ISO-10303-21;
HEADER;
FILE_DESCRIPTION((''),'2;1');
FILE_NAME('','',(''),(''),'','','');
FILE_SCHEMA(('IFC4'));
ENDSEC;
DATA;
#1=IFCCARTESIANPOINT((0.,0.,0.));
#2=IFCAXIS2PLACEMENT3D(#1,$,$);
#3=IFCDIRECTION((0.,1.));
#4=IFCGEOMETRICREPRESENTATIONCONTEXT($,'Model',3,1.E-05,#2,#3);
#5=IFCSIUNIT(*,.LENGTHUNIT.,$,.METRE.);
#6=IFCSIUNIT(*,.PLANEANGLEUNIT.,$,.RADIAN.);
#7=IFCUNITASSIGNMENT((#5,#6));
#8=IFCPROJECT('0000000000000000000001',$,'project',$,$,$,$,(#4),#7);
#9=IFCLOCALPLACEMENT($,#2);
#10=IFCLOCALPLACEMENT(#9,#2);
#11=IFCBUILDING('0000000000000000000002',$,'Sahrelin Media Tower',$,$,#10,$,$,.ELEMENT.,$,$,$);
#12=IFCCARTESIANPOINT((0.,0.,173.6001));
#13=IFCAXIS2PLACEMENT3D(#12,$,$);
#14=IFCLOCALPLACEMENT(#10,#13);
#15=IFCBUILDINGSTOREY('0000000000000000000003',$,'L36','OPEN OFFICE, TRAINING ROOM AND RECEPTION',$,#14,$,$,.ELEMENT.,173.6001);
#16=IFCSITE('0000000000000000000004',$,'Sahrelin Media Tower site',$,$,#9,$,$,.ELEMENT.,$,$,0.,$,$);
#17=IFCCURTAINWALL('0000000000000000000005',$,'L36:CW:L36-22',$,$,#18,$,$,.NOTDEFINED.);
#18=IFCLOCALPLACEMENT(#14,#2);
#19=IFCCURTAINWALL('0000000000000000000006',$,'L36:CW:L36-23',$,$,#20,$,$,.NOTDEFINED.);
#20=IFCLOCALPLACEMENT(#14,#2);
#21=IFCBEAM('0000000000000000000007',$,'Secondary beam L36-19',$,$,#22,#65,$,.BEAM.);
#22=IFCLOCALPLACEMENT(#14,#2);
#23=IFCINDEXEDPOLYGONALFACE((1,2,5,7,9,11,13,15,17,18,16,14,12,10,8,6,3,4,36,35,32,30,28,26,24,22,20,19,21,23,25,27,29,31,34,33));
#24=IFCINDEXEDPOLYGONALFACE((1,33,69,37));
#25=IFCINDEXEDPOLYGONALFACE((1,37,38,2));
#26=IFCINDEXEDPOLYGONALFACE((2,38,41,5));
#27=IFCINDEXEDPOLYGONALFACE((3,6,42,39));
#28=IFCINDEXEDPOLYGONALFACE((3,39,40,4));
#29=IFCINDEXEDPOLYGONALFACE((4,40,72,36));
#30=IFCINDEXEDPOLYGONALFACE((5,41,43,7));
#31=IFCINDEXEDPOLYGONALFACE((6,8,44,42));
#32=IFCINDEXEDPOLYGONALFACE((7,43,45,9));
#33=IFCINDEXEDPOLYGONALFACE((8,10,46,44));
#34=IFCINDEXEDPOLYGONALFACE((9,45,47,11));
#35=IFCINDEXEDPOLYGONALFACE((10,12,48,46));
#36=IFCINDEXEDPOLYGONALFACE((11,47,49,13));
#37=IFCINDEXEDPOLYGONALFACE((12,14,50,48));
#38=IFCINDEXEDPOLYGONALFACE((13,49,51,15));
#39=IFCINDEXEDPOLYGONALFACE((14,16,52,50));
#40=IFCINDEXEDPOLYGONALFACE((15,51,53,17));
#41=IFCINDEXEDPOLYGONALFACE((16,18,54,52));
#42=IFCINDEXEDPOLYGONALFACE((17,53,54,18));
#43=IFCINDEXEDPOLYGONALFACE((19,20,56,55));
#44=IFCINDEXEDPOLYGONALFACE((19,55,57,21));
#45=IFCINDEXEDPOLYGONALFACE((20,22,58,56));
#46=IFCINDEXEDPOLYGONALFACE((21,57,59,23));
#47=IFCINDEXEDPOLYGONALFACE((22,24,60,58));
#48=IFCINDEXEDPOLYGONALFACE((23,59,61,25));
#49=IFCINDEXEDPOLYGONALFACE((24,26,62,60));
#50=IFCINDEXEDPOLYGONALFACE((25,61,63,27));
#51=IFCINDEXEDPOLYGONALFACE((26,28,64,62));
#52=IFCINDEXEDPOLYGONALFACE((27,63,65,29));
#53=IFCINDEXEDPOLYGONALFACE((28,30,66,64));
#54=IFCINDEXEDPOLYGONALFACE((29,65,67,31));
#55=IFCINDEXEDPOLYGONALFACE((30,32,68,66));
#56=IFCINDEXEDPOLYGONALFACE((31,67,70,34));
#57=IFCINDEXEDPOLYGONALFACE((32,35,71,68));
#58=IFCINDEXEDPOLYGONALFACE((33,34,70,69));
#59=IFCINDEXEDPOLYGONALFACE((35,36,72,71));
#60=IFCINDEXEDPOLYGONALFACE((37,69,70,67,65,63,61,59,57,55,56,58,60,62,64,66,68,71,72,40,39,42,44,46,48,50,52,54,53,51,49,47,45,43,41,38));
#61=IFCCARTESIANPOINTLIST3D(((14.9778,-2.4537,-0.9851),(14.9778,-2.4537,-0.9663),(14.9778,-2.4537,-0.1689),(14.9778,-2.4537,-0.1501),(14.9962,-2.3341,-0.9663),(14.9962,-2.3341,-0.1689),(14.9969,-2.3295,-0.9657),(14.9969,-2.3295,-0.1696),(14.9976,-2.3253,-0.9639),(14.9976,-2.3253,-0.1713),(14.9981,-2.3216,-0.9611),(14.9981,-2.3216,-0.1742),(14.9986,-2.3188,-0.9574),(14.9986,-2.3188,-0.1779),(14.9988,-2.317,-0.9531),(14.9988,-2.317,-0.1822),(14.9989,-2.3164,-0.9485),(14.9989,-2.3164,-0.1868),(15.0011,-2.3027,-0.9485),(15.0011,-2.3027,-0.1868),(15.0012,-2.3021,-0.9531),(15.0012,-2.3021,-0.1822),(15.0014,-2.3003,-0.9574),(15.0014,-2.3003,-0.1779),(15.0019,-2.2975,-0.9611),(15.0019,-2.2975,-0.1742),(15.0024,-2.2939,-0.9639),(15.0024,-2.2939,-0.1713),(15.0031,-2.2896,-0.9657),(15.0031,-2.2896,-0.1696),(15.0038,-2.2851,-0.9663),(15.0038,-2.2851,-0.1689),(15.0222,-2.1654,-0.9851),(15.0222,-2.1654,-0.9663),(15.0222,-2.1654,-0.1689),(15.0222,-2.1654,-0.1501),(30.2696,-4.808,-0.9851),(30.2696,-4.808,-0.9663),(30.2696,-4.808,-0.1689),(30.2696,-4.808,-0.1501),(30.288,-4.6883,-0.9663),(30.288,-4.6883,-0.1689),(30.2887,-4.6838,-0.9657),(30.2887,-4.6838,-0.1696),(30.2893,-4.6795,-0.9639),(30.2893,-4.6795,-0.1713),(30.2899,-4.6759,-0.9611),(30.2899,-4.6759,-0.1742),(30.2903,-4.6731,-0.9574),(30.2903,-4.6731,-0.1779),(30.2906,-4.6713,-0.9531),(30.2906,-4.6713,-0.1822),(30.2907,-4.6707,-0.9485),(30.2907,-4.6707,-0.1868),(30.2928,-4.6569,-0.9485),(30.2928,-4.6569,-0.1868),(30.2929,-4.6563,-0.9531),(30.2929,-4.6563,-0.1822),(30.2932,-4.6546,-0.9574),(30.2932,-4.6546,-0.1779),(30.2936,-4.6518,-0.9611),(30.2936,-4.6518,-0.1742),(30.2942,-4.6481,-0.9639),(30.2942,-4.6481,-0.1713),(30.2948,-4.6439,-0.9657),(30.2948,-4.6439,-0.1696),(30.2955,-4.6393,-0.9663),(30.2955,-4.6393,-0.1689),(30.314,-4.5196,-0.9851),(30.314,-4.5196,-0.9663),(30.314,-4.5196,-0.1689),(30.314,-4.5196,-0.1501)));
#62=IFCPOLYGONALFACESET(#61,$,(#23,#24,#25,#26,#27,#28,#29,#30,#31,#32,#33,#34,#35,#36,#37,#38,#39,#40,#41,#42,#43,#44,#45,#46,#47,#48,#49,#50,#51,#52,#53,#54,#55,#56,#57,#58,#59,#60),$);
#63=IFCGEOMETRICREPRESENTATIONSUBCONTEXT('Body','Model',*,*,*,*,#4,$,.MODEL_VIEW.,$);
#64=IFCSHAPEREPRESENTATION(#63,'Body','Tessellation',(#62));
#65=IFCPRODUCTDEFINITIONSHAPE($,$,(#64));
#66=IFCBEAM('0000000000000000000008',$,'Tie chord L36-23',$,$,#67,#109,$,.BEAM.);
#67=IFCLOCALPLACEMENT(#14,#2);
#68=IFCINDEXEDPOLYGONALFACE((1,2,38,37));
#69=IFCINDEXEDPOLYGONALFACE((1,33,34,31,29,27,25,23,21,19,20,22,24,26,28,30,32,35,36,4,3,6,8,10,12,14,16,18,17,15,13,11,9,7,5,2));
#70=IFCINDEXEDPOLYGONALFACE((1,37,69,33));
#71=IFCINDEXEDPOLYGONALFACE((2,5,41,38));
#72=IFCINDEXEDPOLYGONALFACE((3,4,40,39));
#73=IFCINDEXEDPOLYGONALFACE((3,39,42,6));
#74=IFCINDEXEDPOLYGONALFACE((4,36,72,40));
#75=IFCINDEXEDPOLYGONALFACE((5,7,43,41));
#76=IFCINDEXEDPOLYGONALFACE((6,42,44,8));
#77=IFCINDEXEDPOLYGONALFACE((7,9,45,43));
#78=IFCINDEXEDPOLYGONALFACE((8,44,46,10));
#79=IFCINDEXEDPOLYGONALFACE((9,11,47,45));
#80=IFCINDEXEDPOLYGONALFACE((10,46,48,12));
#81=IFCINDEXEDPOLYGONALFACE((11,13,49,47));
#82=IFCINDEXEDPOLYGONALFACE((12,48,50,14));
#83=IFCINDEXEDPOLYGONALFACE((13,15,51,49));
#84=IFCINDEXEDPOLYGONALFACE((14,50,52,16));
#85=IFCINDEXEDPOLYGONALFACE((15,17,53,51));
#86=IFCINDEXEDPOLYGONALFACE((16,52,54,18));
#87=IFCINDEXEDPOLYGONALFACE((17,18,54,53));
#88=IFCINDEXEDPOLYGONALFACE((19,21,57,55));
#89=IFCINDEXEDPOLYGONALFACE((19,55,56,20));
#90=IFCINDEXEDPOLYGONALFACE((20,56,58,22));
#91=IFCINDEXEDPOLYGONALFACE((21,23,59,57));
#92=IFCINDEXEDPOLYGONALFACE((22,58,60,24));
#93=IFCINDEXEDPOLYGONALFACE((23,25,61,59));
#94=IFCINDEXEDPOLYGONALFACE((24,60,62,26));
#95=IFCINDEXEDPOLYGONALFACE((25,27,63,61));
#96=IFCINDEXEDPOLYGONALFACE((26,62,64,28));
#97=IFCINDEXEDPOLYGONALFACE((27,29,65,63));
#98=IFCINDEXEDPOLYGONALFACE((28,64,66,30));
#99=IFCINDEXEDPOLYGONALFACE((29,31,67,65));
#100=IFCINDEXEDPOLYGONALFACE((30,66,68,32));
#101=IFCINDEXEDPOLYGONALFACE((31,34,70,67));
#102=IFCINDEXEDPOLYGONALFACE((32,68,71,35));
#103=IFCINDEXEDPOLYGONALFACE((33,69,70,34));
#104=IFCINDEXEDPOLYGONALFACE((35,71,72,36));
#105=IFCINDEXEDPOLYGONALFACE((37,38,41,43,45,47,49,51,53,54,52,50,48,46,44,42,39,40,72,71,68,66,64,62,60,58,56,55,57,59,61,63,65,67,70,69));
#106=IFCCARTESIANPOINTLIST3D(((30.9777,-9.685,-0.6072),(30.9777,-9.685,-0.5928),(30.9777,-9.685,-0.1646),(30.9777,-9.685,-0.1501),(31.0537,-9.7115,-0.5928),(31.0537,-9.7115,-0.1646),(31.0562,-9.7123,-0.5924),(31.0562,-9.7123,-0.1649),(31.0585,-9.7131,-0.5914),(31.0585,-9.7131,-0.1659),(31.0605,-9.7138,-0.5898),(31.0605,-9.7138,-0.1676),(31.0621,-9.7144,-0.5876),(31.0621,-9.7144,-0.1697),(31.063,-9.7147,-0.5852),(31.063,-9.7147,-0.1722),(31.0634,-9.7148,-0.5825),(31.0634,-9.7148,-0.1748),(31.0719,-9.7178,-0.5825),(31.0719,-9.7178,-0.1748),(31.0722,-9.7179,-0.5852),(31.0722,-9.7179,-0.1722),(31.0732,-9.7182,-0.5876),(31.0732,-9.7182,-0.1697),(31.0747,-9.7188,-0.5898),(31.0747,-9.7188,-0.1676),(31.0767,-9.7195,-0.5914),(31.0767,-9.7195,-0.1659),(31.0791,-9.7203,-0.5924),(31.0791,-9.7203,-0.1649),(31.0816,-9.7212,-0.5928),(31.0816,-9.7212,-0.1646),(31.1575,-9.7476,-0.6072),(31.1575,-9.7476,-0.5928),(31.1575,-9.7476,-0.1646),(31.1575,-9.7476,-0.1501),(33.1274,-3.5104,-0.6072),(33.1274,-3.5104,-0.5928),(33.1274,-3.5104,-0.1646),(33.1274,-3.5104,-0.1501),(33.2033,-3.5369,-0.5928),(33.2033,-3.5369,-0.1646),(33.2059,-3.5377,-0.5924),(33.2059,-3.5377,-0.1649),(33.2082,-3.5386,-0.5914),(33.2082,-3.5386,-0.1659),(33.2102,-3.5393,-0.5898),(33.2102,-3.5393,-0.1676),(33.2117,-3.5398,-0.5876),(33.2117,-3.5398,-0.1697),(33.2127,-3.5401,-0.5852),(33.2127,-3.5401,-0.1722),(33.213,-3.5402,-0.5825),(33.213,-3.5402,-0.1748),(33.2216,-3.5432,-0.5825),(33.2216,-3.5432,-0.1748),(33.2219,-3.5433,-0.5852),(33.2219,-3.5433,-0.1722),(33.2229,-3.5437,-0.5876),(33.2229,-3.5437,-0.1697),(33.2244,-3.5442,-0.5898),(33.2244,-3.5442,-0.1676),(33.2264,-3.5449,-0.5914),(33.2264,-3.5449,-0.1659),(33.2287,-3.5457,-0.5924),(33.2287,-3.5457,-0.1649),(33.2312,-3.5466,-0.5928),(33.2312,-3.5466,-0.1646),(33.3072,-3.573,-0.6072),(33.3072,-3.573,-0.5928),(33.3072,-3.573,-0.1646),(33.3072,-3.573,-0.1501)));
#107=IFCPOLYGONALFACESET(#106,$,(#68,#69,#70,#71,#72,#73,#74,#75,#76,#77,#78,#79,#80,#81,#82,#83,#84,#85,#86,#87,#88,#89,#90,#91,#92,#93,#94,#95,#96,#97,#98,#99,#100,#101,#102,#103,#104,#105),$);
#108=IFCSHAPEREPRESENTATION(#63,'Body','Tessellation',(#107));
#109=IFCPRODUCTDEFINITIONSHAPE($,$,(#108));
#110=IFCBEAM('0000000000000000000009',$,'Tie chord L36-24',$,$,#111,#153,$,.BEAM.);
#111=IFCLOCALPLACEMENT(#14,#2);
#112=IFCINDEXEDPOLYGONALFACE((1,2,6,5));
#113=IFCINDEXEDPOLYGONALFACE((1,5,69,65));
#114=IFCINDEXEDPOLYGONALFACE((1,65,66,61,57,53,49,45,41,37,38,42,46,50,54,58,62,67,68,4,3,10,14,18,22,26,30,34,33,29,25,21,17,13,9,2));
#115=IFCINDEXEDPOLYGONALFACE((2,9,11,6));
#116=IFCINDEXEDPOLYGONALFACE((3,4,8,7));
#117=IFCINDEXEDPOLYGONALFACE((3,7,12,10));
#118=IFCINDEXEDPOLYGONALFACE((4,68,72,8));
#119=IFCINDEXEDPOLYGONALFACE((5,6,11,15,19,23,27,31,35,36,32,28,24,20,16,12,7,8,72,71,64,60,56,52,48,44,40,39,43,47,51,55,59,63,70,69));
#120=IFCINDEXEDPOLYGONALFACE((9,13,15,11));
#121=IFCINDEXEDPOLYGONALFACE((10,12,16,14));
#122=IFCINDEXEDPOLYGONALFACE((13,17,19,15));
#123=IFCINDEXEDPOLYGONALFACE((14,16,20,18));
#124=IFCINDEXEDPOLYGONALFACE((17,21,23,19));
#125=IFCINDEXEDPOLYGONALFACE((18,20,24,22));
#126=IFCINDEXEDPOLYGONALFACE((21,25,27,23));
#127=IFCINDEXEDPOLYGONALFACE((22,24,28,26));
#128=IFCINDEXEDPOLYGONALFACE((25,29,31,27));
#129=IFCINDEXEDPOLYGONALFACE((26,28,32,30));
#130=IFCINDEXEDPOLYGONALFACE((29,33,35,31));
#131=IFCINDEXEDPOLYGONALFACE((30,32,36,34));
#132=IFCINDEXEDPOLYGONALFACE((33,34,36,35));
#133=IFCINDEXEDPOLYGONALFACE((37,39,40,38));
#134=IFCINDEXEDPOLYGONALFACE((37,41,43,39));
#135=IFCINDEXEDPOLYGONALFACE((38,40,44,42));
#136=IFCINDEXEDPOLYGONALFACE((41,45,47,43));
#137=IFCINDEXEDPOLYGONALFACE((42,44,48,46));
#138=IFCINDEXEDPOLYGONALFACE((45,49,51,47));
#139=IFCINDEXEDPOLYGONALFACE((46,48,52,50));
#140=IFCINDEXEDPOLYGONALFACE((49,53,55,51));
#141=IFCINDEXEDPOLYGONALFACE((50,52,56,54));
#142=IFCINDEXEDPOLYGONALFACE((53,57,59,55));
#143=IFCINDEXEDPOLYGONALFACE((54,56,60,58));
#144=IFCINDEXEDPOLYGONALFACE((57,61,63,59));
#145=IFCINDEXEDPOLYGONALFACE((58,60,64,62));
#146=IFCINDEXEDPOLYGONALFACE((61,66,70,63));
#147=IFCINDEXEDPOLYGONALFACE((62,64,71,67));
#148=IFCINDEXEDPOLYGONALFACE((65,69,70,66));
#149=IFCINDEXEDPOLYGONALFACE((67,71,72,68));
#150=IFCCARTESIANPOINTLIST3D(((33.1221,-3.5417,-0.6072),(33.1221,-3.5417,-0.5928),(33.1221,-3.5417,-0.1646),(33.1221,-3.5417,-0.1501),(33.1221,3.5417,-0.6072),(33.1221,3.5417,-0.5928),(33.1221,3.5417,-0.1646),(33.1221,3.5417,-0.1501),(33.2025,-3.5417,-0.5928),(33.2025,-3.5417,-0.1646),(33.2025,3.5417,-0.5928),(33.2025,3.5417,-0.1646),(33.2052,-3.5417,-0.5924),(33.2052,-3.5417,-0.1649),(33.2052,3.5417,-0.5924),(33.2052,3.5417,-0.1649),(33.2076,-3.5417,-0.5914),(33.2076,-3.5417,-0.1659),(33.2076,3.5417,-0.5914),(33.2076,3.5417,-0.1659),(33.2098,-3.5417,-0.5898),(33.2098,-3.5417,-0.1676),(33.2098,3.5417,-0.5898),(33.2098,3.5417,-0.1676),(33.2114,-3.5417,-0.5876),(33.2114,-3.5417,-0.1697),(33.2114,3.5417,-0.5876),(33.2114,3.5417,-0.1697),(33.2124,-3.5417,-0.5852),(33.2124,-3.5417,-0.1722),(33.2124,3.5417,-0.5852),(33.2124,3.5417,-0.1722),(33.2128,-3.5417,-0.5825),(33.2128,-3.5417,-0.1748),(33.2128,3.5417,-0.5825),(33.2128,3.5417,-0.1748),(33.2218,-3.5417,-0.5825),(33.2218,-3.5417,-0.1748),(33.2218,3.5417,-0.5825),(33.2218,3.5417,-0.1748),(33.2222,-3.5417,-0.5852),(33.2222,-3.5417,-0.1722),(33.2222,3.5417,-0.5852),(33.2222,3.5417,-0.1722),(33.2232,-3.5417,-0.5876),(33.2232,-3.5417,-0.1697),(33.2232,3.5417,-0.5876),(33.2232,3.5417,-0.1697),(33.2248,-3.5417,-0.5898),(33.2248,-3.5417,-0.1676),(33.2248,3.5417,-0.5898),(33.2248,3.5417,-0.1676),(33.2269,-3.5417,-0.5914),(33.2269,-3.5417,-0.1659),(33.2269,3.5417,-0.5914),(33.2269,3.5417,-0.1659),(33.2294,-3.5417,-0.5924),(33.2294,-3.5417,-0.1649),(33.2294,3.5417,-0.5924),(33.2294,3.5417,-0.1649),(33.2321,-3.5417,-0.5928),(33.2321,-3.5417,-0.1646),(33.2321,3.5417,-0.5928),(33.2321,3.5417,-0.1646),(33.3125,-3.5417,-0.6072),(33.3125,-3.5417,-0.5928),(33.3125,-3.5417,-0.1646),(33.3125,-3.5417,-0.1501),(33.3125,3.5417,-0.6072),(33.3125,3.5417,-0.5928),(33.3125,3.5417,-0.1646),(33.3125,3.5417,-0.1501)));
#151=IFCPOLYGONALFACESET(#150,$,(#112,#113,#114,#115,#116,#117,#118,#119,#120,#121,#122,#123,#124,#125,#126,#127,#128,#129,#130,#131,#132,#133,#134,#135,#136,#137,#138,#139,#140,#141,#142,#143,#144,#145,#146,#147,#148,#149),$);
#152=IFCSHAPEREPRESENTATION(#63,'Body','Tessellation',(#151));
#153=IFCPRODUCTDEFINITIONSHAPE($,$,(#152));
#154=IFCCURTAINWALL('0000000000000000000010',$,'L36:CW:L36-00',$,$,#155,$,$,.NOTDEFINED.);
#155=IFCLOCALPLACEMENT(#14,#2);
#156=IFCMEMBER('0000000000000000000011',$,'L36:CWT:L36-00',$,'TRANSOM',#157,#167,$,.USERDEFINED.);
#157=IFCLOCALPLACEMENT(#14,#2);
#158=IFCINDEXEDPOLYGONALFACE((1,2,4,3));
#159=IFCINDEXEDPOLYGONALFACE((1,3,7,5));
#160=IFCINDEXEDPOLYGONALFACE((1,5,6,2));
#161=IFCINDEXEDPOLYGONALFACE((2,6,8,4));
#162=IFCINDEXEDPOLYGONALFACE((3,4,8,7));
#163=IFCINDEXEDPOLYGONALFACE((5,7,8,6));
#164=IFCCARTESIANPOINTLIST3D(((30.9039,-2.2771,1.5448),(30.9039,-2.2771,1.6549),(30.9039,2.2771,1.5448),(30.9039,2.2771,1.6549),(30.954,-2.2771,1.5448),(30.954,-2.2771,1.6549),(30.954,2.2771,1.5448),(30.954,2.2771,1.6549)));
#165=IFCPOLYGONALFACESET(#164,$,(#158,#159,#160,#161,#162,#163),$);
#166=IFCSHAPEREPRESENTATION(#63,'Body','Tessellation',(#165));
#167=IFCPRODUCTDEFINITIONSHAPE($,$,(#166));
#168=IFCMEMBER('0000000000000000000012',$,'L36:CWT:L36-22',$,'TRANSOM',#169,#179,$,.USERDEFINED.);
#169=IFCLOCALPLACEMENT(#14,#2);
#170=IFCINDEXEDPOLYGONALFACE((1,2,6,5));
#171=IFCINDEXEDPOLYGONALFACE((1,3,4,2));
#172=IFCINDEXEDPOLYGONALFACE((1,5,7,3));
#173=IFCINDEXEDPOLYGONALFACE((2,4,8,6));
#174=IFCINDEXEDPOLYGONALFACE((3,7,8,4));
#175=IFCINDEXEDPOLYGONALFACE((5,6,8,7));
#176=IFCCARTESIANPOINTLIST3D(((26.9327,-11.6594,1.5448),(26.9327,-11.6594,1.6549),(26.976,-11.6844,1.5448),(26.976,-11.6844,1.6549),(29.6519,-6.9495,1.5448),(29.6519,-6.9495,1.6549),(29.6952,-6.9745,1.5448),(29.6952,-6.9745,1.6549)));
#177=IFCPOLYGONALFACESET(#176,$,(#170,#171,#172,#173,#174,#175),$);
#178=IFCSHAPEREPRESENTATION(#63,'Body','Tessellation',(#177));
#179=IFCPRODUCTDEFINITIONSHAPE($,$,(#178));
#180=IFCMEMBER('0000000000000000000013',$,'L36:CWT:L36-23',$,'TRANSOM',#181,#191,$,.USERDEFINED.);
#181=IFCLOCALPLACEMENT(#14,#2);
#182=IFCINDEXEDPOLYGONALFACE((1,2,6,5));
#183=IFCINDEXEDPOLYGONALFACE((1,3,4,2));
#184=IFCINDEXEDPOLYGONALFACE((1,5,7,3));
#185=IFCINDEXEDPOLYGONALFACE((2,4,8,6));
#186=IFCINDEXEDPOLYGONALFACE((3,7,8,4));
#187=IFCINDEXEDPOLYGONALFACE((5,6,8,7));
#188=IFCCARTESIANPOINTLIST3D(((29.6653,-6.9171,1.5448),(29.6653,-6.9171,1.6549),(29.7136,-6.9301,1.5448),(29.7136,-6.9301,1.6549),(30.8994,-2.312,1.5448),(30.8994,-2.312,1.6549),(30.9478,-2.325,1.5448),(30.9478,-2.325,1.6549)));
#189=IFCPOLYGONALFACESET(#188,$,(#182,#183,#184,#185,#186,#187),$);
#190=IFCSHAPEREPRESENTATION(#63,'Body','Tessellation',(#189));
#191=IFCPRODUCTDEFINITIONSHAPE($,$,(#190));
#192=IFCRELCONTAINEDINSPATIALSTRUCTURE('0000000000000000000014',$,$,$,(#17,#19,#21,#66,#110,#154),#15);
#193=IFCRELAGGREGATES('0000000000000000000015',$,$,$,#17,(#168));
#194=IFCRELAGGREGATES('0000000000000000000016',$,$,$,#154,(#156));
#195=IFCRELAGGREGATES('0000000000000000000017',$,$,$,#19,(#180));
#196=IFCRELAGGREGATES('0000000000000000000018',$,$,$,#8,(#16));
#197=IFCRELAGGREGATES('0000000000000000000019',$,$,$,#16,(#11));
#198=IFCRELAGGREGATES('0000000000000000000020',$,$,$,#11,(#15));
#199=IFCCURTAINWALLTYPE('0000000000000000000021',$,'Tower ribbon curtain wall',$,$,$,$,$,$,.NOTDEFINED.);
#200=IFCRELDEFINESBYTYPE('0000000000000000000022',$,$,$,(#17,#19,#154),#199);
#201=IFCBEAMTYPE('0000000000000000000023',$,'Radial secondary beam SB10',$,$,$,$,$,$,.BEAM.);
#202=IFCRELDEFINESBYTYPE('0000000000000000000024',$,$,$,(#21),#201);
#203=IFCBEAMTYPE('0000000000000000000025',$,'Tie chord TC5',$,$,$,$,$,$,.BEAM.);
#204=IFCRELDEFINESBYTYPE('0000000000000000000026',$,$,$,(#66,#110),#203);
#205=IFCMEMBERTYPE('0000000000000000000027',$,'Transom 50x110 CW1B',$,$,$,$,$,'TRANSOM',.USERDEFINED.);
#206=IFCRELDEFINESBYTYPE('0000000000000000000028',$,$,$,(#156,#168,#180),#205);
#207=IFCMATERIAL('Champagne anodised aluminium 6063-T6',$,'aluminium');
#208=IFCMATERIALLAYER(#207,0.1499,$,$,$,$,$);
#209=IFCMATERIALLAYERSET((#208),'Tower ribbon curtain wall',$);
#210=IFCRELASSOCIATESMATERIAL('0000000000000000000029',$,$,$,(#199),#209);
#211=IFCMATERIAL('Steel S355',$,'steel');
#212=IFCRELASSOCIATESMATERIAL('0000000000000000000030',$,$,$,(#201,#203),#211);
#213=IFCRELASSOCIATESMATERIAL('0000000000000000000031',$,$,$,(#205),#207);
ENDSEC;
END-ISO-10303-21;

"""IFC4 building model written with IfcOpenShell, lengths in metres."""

from ifc_helpers import new_model, si_unit, direction, frame, origin, origin_2d, place, context, subcontext, project, spatial, rectangle, i_section, extrude, material, layer, layer_set, material_profile, profile_set, type_object, element, aggregate, save


model = new_model("IFC4")

# Units and contexts
model_context = context("Model", 3, precision=1e-05, world=origin(), true_north=direction((0.0, 1.0)))
body_context = subcontext(model_context, "Body", "Model", "MODEL_VIEW")
ifc_project = project(units=[si_unit("LENGTHUNIT", "METRE"), si_unit("PLANEANGLEUNIT", "RADIAN")], contexts=[model_context])

# Site, building, storey
site_placement = place(None, origin())
site = spatial("IfcSite", under=ifc_project, at=site_placement, Name="Sahrelin Media Tower site", CompositionType="ELEMENT", RefElevation=0.0)
building_placement = place(site_placement, origin())
building = spatial("IfcBuilding", under=site, at=building_placement, Name="Sahrelin Media Tower", CompositionType="ELEMENT")
storey_placement = place(building_placement, frame((0.0, 0.0, 173.6001)))
storey = spatial("IfcBuildingStorey", under=building, at=storey_placement, Name="L36", Description="OPEN OFFICE, TRAINING ROOM AND RECEPTION", CompositionType="ELEMENT", Elevation=173.6001)

# Shared definitions
ifc_material_1 = material(Name="Steel S355", Category="steel")

# Curtain walls
ifc_material_2 = material(Name="Champagne anodised aluminium 6063-T6", Category="aluminium")
ifc_layer_1 = layer(ifc_material_2, 0.1499)
ifc_layer_set_1 = layer_set([ifc_layer_1], Name="Tower ribbon curtain wall")
curtain_wall_type = type_object("IfcCurtainWallType", Name="Tower ribbon curtain wall", PredefinedType="NOTDEFINED", material=ifc_layer_set_1)
curtain_wall_1_placement = place(storey_placement, frame((28.5044, -9.427, 0.0), z_axis=(0.0, 0.0, 1.0), x_axis=(1.0, 0.0, 0.0)))
curtain_wall_1 = element("IfcCurtainWall", 1, at=curtain_wall_1_placement, inside=storey, type_object=curtain_wall_type, Name="L36:CW:L36-22", PredefinedType="NOTDEFINED")
curtain_wall_2_placement = place(storey_placement, frame((30.519, -4.678, 0.0), z_axis=(0.0, 0.0, 1.0), x_axis=(1.0, 0.0, 0.0)))
curtain_wall_2 = element("IfcCurtainWall", 2, at=curtain_wall_2_placement, inside=storey, type_object=curtain_wall_type, Name="L36:CW:L36-23", PredefinedType="NOTDEFINED")

# Beams
ifc_material_profile_1 = material_profile(ifc_material_1, i_section(OverallWidth=0.2917, OverallDepth=0.835, WebThickness=0.0139, FlangeThickness=0.0188, FilletRadius=0.0178, at=origin_2d()), Name="UB 838x292x176")
ifc_profile_set_1 = profile_set([ifc_material_profile_1], Name="Steel S355")
beam_type_1 = type_object("IfcBeamType", Name="Radial secondary beam SB10", PredefinedType="BEAM", material=ifc_profile_set_1)
beam_1_placement = place(storey_placement, frame((15.0, -2.3096, -0.5676), z_axis=(0.988355, -0.152163, 0.0), x_axis=(0.152163, 0.988355, 0.0)))
element("IfcBeam", 3, at=beam_1_placement, inside=storey, type_object=beam_type_1, Name="Secondary beam L36-19", PredefinedType="BEAM", context=body_context, shape_type="SweptSolid", body=[
    extrude(i_section(OverallWidth=0.2917, OverallDepth=0.835, WebThickness=0.0139, FlangeThickness=0.0188, FilletRadius=0.0178, at=origin_2d()), origin(), (0.0, 0.0, 1.0), 15.4719),
])
ifc_material_profile_2 = material_profile(ifc_material_1, i_section(OverallWidth=0.1904, OverallDepth=0.457, WebThickness=0.009, FlangeThickness=0.0144, FilletRadius=0.0103, at=origin_2d()), Name="UB 457x191x74")
ifc_profile_set_2 = profile_set([ifc_material_profile_2], Name="Steel S355")
beam_type_2 = type_object("IfcBeamType", Name="Tie chord TC5", PredefinedType="BEAM", material=ifc_profile_set_2)
beam_2_placement = place(storey_placement, frame((31.0676, -9.7163, -0.3787), z_axis=(0.328791, 0.944403, 0.0), x_axis=(-0.944403, 0.328791, 0.0)))
element("IfcBeam", 4, at=beam_2_placement, inside=storey, type_object=beam_type_2, Name="Tie chord L36-23", PredefinedType="BEAM", context=body_context, shape_type="SweptSolid", body=[
    extrude(i_section(OverallWidth=0.1904, OverallDepth=0.457, WebThickness=0.009, FlangeThickness=0.0144, FilletRadius=0.0103, at=origin_2d()), origin(), (0.0, 0.0, 1.0), 6.5381),
])
beam_3_placement = place(storey_placement, frame((33.2173, -3.5417, -0.3787), z_axis=(0.0, 1.0, 0.0), x_axis=(-1.0, 0.0, 0.0)))
element("IfcBeam", 5, at=beam_3_placement, inside=storey, type_object=beam_type_2, Name="Tie chord L36-24", PredefinedType="BEAM", context=body_context, shape_type="SweptSolid", body=[
    extrude(i_section(OverallWidth=0.1904, OverallDepth=0.457, WebThickness=0.009, FlangeThickness=0.0144, FilletRadius=0.0103, at=origin_2d()), origin(), (0.0, 0.0, 1.0), 7.0835),
])

# Curtain wall, member
curtain_wall_3_placement = place(storey_placement, frame((31.1489, 0.0, 0.0), z_axis=(0.0, 0.0, 1.0), x_axis=(1.0, 0.0, 0.0)))
curtain_wall_3 = element("IfcCurtainWall", 6, at=curtain_wall_3_placement, inside=storey, type_object=curtain_wall_type, Name="L36:CW:L36-00", PredefinedType="NOTDEFINED")
ifc_material_profile_3 = material_profile(ifc_material_2, rectangle(XDim=0.05, YDim=0.1101, at=origin_2d()), Name="Transom 50x110")
ifc_profile_set_3 = profile_set([ifc_material_profile_3], Name="Champagne anodised aluminium 6063-T6")
member_type_1 = type_object("IfcMemberType", Name="Transom 50x110 CW1B", ElementType="TRANSOM", PredefinedType="USERDEFINED", material=ifc_profile_set_3)
member_1_placement = place(storey_placement, frame((30.929, -2.2771, 1.5999), z_axis=(0.0, 1.0, 0.0), x_axis=(-1.0, 0.0, 0.0)))
member_1 = element("IfcMember", 7, at=member_1_placement, type_object=member_type_1, Name="L36:CWT:L36-00", ObjectType="TRANSOM", PredefinedType="USERDEFINED", context=body_context, shape_type="SweptSolid", body=[
    extrude(rectangle(XDim=0.05, YDim=0.1101, at=origin_2d()), origin(), (0.0, 0.0, 1.0), 4.5542),
])

# Members
member_2_placement = place(storey_placement, frame((26.9543, -11.6719, 1.5999), z_axis=(0.499992, 0.86603, 0.0), x_axis=(-0.86603, 0.499992, 0.0)))
member_2 = element("IfcMember", 8, at=member_2_placement, type_object=member_type_1, Name="L36:CWT:L36-22", ObjectType="TRANSOM", PredefinedType="USERDEFINED", context=body_context, shape_type="SweptSolid", body=[
    extrude(rectangle(XDim=0.05, YDim=0.1101, at=origin_2d()), origin(), (0.0, 0.0, 1.0), 5.4385),
])
aggregate(curtain_wall_1, [member_2])
member_3_placement = place(storey_placement, frame((29.6895, -6.9236, 1.5999), z_axis=(0.258864, 0.965914, 0.0), x_axis=(-0.965914, 0.258864, 0.0)))
member_3 = element("IfcMember", 9, at=member_3_placement, type_object=member_type_1, Name="L36:CWT:L36-23", ObjectType="TRANSOM", PredefinedType="USERDEFINED", context=body_context, shape_type="SweptSolid", body=[
    extrude(rectangle(XDim=0.05, YDim=0.1101, at=origin_2d()), origin(), (0.0, 0.0, 1.0), 4.7676),
])

aggregate(curtain_wall_3, [member_1])
aggregate(curtain_wall_2, [member_3])

save(model, "model.ifc")
